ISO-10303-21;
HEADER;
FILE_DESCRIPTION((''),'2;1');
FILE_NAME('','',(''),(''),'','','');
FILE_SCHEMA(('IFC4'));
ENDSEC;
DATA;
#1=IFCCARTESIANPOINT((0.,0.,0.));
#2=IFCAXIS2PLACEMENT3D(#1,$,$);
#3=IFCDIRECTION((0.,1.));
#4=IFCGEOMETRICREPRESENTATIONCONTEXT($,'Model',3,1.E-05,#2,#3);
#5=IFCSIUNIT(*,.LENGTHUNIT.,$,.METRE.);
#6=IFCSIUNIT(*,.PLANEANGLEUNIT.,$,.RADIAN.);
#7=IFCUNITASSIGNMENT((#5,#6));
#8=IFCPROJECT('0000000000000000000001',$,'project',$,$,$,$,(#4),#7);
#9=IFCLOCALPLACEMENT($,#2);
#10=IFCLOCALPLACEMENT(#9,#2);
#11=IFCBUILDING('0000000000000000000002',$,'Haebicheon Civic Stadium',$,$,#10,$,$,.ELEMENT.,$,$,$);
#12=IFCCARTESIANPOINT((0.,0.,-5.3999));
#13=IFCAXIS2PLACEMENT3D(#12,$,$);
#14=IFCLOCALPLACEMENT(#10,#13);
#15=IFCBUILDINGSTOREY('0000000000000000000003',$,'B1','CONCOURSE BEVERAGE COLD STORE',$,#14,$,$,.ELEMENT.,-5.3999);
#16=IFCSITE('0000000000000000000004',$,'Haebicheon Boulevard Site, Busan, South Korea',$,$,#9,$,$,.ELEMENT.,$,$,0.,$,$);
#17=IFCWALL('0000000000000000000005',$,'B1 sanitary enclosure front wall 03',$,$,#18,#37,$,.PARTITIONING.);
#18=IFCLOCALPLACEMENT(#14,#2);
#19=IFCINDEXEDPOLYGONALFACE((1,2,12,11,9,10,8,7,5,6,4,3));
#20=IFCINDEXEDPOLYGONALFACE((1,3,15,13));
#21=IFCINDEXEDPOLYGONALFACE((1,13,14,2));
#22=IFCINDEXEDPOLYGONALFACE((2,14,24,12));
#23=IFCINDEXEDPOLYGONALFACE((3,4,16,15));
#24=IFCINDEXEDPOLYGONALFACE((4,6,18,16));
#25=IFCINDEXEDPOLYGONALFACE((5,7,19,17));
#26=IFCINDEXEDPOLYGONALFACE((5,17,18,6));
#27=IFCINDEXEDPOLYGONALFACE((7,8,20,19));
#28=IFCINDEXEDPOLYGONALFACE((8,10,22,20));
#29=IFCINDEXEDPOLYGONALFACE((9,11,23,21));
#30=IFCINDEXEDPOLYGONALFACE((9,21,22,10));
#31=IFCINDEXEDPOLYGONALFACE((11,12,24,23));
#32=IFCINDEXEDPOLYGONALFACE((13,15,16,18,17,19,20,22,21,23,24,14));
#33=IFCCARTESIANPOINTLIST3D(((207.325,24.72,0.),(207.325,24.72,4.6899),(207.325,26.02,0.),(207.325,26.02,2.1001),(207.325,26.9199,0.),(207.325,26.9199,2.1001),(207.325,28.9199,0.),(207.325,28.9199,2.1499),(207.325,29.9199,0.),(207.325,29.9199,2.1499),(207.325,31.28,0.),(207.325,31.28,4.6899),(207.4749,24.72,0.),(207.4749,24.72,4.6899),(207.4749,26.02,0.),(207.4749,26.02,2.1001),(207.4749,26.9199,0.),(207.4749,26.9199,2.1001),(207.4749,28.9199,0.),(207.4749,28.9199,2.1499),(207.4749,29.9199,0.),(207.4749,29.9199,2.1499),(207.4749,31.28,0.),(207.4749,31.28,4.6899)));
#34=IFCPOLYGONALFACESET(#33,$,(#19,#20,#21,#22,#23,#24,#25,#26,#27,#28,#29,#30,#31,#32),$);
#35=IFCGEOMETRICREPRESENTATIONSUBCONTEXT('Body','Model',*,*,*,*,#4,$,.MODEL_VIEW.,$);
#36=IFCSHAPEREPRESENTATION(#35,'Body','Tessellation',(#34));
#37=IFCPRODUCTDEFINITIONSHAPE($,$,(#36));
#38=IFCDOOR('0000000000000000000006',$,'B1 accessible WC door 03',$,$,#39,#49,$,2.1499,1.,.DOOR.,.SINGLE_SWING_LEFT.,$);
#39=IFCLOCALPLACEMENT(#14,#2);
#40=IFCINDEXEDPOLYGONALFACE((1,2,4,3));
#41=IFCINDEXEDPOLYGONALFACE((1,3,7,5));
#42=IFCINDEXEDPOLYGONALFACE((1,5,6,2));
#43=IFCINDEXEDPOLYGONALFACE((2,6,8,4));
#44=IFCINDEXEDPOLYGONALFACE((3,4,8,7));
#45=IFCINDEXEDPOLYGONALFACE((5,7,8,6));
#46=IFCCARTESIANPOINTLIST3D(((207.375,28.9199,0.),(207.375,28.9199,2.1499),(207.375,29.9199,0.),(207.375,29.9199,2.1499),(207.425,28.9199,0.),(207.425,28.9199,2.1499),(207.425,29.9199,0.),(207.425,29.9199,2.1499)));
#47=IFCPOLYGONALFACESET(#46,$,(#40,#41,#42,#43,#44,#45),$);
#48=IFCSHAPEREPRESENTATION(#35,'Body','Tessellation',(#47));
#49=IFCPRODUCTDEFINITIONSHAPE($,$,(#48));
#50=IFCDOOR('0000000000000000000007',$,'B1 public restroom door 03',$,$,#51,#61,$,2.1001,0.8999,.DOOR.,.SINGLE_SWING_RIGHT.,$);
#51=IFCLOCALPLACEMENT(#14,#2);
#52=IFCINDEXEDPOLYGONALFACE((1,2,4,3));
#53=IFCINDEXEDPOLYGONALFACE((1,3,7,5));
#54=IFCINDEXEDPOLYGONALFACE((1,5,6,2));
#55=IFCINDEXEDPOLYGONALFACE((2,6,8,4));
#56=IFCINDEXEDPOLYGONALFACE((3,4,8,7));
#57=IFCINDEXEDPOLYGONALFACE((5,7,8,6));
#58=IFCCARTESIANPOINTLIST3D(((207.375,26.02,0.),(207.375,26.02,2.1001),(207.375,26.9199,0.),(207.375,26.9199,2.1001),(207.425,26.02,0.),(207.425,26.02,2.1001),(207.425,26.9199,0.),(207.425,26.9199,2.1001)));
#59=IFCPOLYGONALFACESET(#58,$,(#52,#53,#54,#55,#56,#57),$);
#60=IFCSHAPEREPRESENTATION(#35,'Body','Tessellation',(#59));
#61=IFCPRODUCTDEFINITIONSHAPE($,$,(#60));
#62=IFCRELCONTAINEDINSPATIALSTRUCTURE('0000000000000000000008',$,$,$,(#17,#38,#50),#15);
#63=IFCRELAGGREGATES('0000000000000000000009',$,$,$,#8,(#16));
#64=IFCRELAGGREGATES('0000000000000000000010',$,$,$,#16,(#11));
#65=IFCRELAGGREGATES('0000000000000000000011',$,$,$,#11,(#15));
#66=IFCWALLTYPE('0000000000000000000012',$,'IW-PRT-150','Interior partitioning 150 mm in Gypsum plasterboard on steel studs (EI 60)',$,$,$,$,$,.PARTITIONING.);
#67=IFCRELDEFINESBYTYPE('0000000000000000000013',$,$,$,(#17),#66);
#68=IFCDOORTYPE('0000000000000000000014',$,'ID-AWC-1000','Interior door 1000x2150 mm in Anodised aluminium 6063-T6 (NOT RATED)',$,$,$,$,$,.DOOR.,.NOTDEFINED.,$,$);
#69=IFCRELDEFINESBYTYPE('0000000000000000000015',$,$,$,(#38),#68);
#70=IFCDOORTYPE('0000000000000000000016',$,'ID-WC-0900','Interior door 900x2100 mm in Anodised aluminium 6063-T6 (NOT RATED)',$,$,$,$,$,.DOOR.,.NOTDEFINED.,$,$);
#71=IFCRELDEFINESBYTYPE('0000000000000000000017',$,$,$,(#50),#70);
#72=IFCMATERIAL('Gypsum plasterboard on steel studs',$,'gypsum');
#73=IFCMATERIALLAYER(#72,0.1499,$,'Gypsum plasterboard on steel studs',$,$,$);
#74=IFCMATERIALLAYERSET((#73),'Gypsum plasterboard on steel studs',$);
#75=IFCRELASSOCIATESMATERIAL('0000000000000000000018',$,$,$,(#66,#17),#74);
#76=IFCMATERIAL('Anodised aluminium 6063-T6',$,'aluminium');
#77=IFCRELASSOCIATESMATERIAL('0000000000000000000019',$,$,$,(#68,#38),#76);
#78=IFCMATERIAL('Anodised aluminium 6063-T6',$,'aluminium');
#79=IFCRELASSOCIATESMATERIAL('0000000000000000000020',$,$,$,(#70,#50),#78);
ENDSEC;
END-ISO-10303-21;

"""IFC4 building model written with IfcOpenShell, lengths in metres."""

from ifc_helpers import new_model, si_unit, direction, frame, frame_2d, origin, place, context, subcontext, project, spatial, rectangle, extrude, material, layer, layer_set, type_object, element, fill, save


model = new_model("IFC4")

# Units and contexts
model_context = context("Model", 3, precision=1e-05, world=origin(), true_north=direction((0.0, 1.0)))
body_context = subcontext(model_context, "Body", "Model", "MODEL_VIEW")
ifc_project = project(units=[si_unit("LENGTHUNIT", "METRE"), si_unit("PLANEANGLEUNIT", "RADIAN")], contexts=[model_context])

# Site, building, storey
site_placement = place(None, origin())
site = spatial("IfcSite", under=ifc_project, at=site_placement, Name="Haebicheon Boulevard Site, Busan, South Korea", CompositionType="ELEMENT", RefElevation=0.0)
building_placement = place(site_placement, origin())
building = spatial("IfcBuilding", under=site, at=building_placement, Name="Haebicheon Civic Stadium", CompositionType="ELEMENT")
storey_placement = place(building_placement, frame((0.0, 0.0, -5.3999)))
storey = spatial("IfcBuildingStorey", under=building, at=storey_placement, Name="B1", Description="CONCOURSE BEVERAGE COLD STORE", CompositionType="ELEMENT", Elevation=-5.3999)

# Wall, openings, doors
ifc_material_1 = material(Name="Gypsum plasterboard on steel studs", Category="gypsum")
ifc_layer_1 = layer(ifc_material_1, 0.1499, Name="Gypsum plasterboard on steel studs")
ifc_layer_set_1 = layer_set([ifc_layer_1], Name="Gypsum plasterboard on steel studs")
wall_type_1 = type_object("IfcWallType", Name="IW-PRT-150", Description="Interior partitioning 150 mm in Gypsum plasterboard on steel studs (EI 60)", PredefinedType="PARTITIONING", material=ifc_layer_set_1)
wall_1_placement = place(storey_placement, frame((207.3999, 24.72, 0.0), z_axis=(0.0, 0.0, 1.0), x_axis=(0.0, 1.0, 0.0)))
wall_1 = element("IfcWall", 1, at=wall_1_placement, inside=storey, type_object=wall_type_1, material=ifc_layer_set_1, Name="B1 sanitary enclosure front wall 03", PredefinedType="PARTITIONING", context=body_context, shape_type="SweptSolid", body=[
    extrude(rectangle(XDim=6.5601, YDim=0.1499, at=frame_2d((3.28, 0.0))), origin(), (0.0, 0.0, 1.0), 4.6899),
])
opening_1_placement = place(wall_1_placement, frame((1.3, 0.0, 0.0)))
opening_1 = element("IfcOpeningElement", 2, at=opening_1_placement, cuts=wall_1, PredefinedType="OPENING", context=body_context, shape_type="SweptSolid", body=[
    extrude(rectangle(XDim=0.8999, YDim=2.1001, at=frame_2d((0.45, 1.05))), frame((0.0, 0.085, 0.0), z_axis=(0.0, -1.0, 0.0), x_axis=(1.0, 0.0, 0.0)), (0.0, 0.0, 1.0), 0.1699),
])
opening_2_placement = place(wall_1_placement, frame((4.2, 0.0, 0.0)))
opening_2 = element("IfcOpeningElement", 3, at=opening_2_placement, cuts=wall_1, PredefinedType="OPENING", context=body_context, shape_type="SweptSolid", body=[
    extrude(rectangle(XDim=1.0, YDim=2.1499, at=frame_2d((0.5, 1.075))), frame((0.0, 0.085, 0.0), z_axis=(0.0, -1.0, 0.0), x_axis=(1.0, 0.0, 0.0)), (0.0, 0.0, 1.0), 0.1699),
])
ifc_material_2 = material(Name="Anodised aluminium 6063-T6", Category="aluminium")
door_type_1 = type_object("IfcDoorType", Name="ID-AWC-1000", Description="Interior door 1000x2150 mm in Anodised aluminium 6063-T6 (NOT RATED)", OperationType="NOTDEFINED", PredefinedType="DOOR", material=ifc_material_2)
door_1_placement = place(opening_2_placement, origin())
door_1 = element("IfcDoor", 4, at=door_1_placement, inside=storey, type_object=door_type_1, material=ifc_material_2, Name="B1 accessible WC door 03", OperationType="SINGLE_SWING_LEFT", OverallHeight=2.1499, OverallWidth=1.0, PredefinedType="DOOR", context=body_context, shape_type="SweptSolid", body=[
    extrude(rectangle(XDim=1.0, YDim=2.1499, at=frame_2d((0.5, 1.075))), frame((0.0, 0.0249, 0.0), z_axis=(0.0, -1.0, 0.0), x_axis=(1.0, 0.0, 0.0)), (0.0, 0.0, 1.0), 0.05),
])
fill(opening_2, door_1)
ifc_material_3 = material(Name="Anodised aluminium 6063-T6", Category="aluminium")
door_type_2 = type_object("IfcDoorType", Name="ID-WC-0900", Description="Interior door 900x2100 mm in Anodised aluminium 6063-T6 (NOT RATED)", OperationType="NOTDEFINED", PredefinedType="DOOR", material=ifc_material_3)
door_2_placement = place(opening_1_placement, origin())
door_2 = element("IfcDoor", 5, at=door_2_placement, inside=storey, type_object=door_type_2, material=ifc_material_3, Name="B1 public restroom door 03", OperationType="SINGLE_SWING_RIGHT", OverallHeight=2.1001, OverallWidth=0.8999, PredefinedType="DOOR", context=body_context, shape_type="SweptSolid", body=[
    extrude(rectangle(XDim=0.8999, YDim=2.1001, at=frame_2d((0.45, 1.05))), frame((0.0, 0.0249, 0.0), z_axis=(0.0, -1.0, 0.0), x_axis=(1.0, 0.0, 0.0)), (0.0, 0.0, 1.0), 0.05),
])
fill(opening_1, door_2)

save(model, "model.ifc")
